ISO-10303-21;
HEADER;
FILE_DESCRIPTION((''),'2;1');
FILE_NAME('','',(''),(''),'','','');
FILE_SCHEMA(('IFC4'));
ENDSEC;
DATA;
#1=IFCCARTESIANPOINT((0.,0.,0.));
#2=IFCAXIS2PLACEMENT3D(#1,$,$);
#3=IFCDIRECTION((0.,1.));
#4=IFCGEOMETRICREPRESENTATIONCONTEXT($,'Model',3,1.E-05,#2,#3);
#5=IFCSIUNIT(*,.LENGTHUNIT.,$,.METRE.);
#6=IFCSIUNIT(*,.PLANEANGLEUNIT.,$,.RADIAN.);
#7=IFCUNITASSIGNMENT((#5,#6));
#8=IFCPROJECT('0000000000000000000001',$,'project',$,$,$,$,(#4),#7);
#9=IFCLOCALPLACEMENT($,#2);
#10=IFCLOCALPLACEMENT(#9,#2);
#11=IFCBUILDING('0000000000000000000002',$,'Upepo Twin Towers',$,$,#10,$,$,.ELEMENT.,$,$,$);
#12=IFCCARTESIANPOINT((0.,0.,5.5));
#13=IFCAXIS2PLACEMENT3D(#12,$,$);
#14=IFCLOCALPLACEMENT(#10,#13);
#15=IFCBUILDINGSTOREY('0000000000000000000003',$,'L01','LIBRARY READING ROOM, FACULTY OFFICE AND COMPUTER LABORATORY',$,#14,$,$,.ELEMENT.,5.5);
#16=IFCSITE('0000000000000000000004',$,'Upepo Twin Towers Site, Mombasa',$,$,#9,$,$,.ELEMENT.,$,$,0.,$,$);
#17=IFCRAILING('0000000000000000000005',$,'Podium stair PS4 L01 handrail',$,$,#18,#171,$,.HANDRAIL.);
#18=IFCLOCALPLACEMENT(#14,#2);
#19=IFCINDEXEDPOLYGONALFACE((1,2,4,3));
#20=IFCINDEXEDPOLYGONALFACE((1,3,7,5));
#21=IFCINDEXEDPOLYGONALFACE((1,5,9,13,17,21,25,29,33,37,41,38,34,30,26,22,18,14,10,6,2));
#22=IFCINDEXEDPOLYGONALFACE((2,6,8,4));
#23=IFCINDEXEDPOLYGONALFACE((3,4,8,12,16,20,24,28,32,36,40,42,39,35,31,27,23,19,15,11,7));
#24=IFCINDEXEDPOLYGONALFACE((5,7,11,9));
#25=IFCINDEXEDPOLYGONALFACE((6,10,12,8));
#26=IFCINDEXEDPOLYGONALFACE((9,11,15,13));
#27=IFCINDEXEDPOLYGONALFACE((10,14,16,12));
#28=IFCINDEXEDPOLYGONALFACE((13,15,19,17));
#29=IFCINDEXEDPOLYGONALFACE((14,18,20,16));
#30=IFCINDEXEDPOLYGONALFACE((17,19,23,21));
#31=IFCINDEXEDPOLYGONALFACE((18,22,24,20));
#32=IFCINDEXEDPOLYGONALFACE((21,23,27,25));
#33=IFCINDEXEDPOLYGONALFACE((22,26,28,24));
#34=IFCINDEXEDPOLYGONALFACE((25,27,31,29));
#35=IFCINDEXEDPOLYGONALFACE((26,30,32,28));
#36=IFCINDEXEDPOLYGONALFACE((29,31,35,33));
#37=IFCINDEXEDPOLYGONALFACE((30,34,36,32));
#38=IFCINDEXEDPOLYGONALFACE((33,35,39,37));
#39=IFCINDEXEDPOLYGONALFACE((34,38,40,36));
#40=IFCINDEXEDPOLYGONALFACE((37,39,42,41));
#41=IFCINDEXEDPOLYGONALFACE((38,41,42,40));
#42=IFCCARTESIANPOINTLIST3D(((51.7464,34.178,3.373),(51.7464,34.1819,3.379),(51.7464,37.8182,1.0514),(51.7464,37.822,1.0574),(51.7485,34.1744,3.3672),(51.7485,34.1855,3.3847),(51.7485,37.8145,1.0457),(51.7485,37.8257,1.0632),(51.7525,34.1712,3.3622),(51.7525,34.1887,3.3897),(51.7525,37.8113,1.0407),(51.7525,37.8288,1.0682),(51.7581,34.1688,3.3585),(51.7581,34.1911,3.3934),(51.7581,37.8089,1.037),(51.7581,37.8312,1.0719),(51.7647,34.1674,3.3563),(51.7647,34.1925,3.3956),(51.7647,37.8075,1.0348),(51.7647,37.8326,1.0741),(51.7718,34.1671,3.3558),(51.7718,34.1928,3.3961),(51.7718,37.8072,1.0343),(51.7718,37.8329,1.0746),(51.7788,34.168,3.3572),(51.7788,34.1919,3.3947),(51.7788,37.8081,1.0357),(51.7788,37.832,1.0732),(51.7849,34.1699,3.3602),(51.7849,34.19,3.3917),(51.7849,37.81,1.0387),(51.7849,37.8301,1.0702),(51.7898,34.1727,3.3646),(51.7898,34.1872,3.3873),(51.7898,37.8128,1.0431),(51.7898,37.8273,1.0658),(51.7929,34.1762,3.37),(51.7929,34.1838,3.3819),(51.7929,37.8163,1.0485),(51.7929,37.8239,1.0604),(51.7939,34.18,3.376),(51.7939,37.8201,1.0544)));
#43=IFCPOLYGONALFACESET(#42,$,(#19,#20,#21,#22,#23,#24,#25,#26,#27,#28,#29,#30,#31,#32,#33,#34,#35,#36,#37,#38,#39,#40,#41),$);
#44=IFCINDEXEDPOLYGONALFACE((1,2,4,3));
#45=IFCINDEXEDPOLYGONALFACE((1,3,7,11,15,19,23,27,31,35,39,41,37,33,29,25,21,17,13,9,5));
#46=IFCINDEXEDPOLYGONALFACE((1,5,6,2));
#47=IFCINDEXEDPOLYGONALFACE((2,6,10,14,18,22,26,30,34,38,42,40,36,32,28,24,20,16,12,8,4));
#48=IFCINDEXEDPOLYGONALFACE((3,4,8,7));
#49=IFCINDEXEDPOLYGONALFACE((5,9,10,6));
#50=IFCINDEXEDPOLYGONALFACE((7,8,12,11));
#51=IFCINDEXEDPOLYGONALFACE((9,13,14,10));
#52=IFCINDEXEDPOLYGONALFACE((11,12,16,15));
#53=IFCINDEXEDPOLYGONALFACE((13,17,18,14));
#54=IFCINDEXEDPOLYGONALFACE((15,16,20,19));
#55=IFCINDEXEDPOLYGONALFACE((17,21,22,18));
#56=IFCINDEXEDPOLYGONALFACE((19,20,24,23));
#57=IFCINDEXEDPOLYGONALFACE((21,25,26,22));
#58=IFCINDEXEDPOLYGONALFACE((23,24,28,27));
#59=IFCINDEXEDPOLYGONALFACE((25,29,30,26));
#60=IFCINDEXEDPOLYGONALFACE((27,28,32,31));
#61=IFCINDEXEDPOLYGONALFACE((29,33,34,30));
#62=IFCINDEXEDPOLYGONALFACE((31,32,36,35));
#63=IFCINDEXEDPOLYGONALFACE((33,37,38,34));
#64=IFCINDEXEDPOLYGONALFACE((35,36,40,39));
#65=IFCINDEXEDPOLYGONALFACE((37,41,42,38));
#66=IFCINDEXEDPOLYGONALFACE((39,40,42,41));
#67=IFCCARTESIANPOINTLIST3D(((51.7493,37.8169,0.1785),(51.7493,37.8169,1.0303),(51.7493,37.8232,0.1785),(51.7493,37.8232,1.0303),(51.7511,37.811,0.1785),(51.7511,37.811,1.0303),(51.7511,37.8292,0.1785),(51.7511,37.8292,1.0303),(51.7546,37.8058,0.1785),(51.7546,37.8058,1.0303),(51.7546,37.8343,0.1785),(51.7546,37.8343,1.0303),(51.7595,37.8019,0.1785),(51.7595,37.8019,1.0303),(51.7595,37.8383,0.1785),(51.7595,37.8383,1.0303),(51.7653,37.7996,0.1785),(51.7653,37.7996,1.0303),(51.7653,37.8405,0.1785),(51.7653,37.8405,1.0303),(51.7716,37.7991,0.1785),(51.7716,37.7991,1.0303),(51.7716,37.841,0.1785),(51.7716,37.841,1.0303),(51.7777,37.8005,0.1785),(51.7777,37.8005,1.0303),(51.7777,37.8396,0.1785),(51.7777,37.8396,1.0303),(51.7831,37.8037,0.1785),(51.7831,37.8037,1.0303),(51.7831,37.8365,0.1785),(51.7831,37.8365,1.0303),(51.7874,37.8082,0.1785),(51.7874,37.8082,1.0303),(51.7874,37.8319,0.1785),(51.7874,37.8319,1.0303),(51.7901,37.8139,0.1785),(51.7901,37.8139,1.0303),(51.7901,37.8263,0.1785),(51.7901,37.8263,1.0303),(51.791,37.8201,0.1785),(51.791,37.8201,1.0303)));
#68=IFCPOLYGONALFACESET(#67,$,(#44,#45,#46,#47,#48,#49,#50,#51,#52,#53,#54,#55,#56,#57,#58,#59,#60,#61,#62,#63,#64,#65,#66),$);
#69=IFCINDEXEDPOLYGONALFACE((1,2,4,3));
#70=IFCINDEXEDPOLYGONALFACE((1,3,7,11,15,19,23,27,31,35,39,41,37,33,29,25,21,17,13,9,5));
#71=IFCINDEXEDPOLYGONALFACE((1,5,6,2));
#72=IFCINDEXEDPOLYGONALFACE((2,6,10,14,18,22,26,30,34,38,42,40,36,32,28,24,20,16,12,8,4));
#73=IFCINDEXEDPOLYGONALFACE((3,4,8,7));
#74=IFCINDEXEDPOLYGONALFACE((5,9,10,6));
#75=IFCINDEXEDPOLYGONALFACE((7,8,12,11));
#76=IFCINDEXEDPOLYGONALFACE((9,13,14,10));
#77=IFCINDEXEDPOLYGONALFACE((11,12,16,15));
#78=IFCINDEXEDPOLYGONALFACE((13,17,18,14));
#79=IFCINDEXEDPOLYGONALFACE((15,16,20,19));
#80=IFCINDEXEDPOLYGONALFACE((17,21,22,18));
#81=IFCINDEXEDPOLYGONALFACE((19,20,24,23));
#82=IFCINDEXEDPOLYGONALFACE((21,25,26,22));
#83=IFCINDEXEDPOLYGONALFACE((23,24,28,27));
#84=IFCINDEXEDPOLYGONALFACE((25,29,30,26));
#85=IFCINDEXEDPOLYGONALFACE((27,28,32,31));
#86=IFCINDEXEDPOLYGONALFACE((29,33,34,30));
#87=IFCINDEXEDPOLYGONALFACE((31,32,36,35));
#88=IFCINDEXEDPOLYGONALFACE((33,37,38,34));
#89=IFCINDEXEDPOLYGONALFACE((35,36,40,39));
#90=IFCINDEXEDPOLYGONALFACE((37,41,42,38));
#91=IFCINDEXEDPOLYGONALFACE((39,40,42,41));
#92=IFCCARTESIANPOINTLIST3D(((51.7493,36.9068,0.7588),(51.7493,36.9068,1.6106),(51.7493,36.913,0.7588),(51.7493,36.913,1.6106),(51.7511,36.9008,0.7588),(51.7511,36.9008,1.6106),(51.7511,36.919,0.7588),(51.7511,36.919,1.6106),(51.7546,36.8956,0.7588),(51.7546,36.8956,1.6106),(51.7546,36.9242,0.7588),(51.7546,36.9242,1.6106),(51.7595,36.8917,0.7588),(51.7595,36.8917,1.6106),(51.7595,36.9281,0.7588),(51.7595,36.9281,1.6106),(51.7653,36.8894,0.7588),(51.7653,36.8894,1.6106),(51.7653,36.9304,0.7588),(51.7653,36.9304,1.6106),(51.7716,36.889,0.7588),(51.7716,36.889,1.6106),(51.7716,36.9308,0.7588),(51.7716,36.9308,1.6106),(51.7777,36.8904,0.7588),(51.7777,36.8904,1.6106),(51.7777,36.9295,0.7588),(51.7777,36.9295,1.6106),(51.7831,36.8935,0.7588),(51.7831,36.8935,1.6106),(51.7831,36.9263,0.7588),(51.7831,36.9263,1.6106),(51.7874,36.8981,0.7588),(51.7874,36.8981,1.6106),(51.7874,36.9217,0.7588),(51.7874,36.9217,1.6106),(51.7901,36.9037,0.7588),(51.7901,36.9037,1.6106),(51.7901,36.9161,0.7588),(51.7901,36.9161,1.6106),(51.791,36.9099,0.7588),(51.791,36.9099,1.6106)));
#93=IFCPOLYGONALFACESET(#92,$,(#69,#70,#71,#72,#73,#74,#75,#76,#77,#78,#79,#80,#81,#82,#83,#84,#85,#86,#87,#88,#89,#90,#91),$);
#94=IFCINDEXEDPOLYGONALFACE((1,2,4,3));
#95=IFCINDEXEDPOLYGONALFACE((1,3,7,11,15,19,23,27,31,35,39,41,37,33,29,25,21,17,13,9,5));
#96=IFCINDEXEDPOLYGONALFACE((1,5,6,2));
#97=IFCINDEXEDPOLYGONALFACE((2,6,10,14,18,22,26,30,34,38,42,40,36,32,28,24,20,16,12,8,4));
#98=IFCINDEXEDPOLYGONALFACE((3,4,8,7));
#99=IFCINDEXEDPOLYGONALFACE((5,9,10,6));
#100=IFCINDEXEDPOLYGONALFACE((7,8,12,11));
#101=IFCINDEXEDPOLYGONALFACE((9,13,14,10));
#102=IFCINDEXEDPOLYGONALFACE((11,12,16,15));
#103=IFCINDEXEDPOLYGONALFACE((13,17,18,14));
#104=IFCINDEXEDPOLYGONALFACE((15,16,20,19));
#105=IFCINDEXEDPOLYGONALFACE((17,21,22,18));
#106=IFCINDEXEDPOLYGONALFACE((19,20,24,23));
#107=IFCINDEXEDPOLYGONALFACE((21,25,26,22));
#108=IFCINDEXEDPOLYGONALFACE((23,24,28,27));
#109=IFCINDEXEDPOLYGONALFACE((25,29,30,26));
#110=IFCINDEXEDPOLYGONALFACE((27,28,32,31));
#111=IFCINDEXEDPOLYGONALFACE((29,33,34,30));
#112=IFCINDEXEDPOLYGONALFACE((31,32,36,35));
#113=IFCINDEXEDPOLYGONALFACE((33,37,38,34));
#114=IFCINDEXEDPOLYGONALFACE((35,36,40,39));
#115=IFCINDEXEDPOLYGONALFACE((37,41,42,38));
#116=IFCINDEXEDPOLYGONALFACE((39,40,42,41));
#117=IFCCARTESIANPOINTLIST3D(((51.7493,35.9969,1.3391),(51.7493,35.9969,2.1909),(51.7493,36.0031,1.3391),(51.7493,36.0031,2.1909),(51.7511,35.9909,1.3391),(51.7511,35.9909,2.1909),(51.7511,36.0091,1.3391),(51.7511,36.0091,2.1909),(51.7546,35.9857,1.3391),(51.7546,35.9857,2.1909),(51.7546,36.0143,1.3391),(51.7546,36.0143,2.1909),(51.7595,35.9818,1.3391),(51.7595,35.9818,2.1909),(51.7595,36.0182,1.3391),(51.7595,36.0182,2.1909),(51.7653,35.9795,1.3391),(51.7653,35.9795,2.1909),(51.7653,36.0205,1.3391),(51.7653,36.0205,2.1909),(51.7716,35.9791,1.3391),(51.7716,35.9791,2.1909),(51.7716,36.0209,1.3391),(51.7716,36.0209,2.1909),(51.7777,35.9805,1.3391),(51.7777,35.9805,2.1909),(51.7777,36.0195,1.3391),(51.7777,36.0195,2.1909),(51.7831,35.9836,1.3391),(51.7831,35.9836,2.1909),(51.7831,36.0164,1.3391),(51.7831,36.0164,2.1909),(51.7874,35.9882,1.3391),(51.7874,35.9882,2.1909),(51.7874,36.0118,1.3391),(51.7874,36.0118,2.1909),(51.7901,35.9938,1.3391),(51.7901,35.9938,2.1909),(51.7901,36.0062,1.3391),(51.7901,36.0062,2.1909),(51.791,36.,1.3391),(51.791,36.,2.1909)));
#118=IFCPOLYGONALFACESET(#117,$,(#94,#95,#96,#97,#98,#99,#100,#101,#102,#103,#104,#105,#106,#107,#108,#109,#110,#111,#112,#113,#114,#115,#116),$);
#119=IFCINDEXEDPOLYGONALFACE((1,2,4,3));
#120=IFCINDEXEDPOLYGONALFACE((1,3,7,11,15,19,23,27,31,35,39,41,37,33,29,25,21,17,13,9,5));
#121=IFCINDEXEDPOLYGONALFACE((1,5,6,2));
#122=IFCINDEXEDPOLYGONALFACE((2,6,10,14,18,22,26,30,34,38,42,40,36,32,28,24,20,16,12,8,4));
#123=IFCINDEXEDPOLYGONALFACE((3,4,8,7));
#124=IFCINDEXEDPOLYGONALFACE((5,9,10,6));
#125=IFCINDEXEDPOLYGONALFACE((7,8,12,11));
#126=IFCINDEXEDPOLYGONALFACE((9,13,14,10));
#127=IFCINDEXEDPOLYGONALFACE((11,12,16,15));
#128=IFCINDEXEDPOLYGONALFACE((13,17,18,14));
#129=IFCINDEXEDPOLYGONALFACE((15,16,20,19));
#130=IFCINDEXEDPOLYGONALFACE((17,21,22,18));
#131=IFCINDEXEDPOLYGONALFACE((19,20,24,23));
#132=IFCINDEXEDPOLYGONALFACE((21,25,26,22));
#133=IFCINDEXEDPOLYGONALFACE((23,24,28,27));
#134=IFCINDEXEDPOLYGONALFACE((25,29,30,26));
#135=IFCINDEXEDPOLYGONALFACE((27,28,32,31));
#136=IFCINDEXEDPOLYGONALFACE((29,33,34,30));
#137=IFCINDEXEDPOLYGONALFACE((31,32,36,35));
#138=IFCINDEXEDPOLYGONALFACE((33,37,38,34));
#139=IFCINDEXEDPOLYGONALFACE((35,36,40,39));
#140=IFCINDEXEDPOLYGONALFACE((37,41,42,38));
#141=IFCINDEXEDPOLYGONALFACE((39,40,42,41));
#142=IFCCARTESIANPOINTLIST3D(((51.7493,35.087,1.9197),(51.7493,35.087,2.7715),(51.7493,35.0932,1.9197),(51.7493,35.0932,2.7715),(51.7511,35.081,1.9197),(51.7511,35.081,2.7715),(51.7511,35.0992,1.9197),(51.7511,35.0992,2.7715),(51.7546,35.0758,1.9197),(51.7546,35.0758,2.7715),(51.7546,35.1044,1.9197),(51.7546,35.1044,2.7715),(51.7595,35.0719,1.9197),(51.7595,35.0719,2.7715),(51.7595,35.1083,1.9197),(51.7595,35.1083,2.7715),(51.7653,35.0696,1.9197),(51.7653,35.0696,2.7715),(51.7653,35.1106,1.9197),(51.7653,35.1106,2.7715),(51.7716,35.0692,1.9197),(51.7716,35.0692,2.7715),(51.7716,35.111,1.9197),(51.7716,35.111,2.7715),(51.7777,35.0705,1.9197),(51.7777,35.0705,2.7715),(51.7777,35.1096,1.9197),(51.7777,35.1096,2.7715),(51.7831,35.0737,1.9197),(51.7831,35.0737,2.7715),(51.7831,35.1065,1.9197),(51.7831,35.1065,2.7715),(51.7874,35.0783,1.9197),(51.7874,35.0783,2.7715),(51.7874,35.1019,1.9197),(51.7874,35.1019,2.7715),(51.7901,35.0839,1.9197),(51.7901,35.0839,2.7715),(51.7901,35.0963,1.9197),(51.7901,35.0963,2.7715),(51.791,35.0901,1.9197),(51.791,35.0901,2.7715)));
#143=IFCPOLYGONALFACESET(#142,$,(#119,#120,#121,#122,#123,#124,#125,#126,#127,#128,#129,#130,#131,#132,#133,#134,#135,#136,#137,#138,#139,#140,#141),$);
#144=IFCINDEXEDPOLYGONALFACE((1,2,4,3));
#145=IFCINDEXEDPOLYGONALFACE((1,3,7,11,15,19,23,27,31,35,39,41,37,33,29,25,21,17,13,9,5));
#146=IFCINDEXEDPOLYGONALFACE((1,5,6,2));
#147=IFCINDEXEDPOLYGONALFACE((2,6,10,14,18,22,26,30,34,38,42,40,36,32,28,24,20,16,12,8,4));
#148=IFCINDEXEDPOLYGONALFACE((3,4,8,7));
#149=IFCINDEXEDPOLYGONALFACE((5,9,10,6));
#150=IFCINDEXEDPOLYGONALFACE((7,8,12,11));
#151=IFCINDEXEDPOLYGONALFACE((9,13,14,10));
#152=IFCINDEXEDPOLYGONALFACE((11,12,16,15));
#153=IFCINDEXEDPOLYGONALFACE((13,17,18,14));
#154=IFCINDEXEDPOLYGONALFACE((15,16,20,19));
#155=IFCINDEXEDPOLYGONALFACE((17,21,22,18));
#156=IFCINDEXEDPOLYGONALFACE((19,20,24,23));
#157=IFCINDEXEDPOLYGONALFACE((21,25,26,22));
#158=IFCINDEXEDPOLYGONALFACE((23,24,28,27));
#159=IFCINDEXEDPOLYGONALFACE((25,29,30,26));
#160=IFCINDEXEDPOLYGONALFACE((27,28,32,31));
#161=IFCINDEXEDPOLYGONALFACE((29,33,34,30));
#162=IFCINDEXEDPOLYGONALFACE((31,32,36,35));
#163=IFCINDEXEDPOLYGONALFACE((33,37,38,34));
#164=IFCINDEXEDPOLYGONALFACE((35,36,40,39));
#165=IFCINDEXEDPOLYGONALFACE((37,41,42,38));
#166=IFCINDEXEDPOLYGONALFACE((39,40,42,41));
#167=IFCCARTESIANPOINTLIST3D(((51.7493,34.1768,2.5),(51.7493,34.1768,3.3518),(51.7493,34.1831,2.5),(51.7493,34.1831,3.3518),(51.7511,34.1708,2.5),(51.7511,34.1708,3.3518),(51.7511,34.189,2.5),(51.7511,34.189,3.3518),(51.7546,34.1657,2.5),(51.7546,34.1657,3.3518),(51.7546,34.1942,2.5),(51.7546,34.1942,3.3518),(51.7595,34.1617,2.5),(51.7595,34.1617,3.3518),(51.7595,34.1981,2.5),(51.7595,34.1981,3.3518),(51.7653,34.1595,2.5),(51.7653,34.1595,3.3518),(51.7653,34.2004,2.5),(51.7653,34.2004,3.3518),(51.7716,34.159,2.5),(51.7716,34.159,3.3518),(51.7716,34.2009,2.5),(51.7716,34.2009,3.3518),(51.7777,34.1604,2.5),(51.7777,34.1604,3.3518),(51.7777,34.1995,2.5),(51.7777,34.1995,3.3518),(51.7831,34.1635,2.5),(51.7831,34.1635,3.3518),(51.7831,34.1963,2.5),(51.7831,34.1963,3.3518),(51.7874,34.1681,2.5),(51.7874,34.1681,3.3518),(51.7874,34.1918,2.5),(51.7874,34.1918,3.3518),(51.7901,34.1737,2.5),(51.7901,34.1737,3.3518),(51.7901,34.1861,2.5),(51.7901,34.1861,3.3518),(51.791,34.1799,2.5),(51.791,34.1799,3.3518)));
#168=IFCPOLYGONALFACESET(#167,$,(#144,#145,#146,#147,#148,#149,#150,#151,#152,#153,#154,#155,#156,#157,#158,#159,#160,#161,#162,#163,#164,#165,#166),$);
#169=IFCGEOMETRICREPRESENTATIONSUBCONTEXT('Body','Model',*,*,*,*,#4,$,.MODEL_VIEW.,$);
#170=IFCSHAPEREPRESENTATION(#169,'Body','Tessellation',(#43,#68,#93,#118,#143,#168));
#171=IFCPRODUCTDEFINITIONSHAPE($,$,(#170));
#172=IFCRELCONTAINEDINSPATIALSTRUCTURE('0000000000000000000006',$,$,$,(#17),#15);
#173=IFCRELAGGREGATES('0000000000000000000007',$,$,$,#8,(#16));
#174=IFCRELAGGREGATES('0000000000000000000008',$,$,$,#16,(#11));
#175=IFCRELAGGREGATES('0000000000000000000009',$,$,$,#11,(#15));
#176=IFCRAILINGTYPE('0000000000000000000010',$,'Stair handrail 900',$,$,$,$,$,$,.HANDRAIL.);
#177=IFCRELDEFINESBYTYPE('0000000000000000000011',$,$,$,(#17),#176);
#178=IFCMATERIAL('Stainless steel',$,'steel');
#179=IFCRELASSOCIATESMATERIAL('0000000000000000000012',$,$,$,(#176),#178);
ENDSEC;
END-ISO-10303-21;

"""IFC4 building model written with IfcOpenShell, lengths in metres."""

from ifc_helpers import new_model, si_unit, direction, frame, origin, origin_2d, place, context, subcontext, project, spatial, circle, extrude, material, type_object, element, save


model = new_model("IFC4")

# Units and contexts
model_context = context("Model", 3, precision=1e-05, world=origin(), true_north=direction((0.0, 1.0)))
body_context = subcontext(model_context, "Body", "Model", "MODEL_VIEW")
ifc_project = project(units=[si_unit("LENGTHUNIT", "METRE"), si_unit("PLANEANGLEUNIT", "RADIAN")], contexts=[model_context])

# Site, building, storey
site_placement = place(None, origin())
site = spatial("IfcSite", under=ifc_project, at=site_placement, Name="Upepo Twin Towers Site, Mombasa", CompositionType="ELEMENT", RefElevation=0.0)
building_placement = place(site_placement, origin())
building = spatial("IfcBuilding", under=site, at=building_placement, Name="Upepo Twin Towers", CompositionType="ELEMENT")
storey_placement = place(building_placement, frame((0.0, 0.0, 5.5)))
storey = spatial("IfcBuildingStorey", under=building, at=storey_placement, Name="L01", Description="LIBRARY READING ROOM, FACULTY OFFICE AND COMPUTER LABORATORY", CompositionType="ELEMENT", Elevation=5.5)

# Railing
ifc_material_1 = material(Name="Stainless steel", Category="steel")
railing_type = type_object("IfcRailingType", Name="Stair handrail 900", PredefinedType="HANDRAIL", material=ifc_material_1)
railing_placement = place(storey_placement, frame((51.77, 37.8201, 0.1785)))
element("IfcRailing", 1, at=railing_placement, inside=storey, type_object=railing_type, Name="Podium stair PS4 L01 handrail", PredefinedType="HANDRAIL", context=body_context, shape_type="SweptSolid", body=[
    extrude(circle(Radius=0.0239, at=origin_2d()), frame((0.0, 0.0, 0.876), z_axis=(0.0, -0.843128, 0.537713), x_axis=(1.0, 0.0, 0.0)), (0.0, 0.0, 1.0), 4.3174),
    extrude(circle(Radius=0.021, at=origin_2d()), origin(), (0.0, 0.0, 1.0), 0.8518),
    extrude(circle(Radius=0.021, at=origin_2d()), frame((0.0, -0.9102, 0.5803)), (0.0, 0.0, 1.0), 0.8518),
    extrude(circle(Radius=0.021, at=origin_2d()), frame((0.0, -1.8201, 1.1606)), (0.0, 0.0, 1.0), 0.8518),
    extrude(circle(Radius=0.021, at=origin_2d()), frame((0.0, -2.73, 1.7412)), (0.0, 0.0, 1.0), 0.8518),
    extrude(circle(Radius=0.021, at=origin_2d()), frame((0.0, -3.6401, 2.3215)), (0.0, 0.0, 1.0), 0.8518),
])

save(model, "model.ifc")
